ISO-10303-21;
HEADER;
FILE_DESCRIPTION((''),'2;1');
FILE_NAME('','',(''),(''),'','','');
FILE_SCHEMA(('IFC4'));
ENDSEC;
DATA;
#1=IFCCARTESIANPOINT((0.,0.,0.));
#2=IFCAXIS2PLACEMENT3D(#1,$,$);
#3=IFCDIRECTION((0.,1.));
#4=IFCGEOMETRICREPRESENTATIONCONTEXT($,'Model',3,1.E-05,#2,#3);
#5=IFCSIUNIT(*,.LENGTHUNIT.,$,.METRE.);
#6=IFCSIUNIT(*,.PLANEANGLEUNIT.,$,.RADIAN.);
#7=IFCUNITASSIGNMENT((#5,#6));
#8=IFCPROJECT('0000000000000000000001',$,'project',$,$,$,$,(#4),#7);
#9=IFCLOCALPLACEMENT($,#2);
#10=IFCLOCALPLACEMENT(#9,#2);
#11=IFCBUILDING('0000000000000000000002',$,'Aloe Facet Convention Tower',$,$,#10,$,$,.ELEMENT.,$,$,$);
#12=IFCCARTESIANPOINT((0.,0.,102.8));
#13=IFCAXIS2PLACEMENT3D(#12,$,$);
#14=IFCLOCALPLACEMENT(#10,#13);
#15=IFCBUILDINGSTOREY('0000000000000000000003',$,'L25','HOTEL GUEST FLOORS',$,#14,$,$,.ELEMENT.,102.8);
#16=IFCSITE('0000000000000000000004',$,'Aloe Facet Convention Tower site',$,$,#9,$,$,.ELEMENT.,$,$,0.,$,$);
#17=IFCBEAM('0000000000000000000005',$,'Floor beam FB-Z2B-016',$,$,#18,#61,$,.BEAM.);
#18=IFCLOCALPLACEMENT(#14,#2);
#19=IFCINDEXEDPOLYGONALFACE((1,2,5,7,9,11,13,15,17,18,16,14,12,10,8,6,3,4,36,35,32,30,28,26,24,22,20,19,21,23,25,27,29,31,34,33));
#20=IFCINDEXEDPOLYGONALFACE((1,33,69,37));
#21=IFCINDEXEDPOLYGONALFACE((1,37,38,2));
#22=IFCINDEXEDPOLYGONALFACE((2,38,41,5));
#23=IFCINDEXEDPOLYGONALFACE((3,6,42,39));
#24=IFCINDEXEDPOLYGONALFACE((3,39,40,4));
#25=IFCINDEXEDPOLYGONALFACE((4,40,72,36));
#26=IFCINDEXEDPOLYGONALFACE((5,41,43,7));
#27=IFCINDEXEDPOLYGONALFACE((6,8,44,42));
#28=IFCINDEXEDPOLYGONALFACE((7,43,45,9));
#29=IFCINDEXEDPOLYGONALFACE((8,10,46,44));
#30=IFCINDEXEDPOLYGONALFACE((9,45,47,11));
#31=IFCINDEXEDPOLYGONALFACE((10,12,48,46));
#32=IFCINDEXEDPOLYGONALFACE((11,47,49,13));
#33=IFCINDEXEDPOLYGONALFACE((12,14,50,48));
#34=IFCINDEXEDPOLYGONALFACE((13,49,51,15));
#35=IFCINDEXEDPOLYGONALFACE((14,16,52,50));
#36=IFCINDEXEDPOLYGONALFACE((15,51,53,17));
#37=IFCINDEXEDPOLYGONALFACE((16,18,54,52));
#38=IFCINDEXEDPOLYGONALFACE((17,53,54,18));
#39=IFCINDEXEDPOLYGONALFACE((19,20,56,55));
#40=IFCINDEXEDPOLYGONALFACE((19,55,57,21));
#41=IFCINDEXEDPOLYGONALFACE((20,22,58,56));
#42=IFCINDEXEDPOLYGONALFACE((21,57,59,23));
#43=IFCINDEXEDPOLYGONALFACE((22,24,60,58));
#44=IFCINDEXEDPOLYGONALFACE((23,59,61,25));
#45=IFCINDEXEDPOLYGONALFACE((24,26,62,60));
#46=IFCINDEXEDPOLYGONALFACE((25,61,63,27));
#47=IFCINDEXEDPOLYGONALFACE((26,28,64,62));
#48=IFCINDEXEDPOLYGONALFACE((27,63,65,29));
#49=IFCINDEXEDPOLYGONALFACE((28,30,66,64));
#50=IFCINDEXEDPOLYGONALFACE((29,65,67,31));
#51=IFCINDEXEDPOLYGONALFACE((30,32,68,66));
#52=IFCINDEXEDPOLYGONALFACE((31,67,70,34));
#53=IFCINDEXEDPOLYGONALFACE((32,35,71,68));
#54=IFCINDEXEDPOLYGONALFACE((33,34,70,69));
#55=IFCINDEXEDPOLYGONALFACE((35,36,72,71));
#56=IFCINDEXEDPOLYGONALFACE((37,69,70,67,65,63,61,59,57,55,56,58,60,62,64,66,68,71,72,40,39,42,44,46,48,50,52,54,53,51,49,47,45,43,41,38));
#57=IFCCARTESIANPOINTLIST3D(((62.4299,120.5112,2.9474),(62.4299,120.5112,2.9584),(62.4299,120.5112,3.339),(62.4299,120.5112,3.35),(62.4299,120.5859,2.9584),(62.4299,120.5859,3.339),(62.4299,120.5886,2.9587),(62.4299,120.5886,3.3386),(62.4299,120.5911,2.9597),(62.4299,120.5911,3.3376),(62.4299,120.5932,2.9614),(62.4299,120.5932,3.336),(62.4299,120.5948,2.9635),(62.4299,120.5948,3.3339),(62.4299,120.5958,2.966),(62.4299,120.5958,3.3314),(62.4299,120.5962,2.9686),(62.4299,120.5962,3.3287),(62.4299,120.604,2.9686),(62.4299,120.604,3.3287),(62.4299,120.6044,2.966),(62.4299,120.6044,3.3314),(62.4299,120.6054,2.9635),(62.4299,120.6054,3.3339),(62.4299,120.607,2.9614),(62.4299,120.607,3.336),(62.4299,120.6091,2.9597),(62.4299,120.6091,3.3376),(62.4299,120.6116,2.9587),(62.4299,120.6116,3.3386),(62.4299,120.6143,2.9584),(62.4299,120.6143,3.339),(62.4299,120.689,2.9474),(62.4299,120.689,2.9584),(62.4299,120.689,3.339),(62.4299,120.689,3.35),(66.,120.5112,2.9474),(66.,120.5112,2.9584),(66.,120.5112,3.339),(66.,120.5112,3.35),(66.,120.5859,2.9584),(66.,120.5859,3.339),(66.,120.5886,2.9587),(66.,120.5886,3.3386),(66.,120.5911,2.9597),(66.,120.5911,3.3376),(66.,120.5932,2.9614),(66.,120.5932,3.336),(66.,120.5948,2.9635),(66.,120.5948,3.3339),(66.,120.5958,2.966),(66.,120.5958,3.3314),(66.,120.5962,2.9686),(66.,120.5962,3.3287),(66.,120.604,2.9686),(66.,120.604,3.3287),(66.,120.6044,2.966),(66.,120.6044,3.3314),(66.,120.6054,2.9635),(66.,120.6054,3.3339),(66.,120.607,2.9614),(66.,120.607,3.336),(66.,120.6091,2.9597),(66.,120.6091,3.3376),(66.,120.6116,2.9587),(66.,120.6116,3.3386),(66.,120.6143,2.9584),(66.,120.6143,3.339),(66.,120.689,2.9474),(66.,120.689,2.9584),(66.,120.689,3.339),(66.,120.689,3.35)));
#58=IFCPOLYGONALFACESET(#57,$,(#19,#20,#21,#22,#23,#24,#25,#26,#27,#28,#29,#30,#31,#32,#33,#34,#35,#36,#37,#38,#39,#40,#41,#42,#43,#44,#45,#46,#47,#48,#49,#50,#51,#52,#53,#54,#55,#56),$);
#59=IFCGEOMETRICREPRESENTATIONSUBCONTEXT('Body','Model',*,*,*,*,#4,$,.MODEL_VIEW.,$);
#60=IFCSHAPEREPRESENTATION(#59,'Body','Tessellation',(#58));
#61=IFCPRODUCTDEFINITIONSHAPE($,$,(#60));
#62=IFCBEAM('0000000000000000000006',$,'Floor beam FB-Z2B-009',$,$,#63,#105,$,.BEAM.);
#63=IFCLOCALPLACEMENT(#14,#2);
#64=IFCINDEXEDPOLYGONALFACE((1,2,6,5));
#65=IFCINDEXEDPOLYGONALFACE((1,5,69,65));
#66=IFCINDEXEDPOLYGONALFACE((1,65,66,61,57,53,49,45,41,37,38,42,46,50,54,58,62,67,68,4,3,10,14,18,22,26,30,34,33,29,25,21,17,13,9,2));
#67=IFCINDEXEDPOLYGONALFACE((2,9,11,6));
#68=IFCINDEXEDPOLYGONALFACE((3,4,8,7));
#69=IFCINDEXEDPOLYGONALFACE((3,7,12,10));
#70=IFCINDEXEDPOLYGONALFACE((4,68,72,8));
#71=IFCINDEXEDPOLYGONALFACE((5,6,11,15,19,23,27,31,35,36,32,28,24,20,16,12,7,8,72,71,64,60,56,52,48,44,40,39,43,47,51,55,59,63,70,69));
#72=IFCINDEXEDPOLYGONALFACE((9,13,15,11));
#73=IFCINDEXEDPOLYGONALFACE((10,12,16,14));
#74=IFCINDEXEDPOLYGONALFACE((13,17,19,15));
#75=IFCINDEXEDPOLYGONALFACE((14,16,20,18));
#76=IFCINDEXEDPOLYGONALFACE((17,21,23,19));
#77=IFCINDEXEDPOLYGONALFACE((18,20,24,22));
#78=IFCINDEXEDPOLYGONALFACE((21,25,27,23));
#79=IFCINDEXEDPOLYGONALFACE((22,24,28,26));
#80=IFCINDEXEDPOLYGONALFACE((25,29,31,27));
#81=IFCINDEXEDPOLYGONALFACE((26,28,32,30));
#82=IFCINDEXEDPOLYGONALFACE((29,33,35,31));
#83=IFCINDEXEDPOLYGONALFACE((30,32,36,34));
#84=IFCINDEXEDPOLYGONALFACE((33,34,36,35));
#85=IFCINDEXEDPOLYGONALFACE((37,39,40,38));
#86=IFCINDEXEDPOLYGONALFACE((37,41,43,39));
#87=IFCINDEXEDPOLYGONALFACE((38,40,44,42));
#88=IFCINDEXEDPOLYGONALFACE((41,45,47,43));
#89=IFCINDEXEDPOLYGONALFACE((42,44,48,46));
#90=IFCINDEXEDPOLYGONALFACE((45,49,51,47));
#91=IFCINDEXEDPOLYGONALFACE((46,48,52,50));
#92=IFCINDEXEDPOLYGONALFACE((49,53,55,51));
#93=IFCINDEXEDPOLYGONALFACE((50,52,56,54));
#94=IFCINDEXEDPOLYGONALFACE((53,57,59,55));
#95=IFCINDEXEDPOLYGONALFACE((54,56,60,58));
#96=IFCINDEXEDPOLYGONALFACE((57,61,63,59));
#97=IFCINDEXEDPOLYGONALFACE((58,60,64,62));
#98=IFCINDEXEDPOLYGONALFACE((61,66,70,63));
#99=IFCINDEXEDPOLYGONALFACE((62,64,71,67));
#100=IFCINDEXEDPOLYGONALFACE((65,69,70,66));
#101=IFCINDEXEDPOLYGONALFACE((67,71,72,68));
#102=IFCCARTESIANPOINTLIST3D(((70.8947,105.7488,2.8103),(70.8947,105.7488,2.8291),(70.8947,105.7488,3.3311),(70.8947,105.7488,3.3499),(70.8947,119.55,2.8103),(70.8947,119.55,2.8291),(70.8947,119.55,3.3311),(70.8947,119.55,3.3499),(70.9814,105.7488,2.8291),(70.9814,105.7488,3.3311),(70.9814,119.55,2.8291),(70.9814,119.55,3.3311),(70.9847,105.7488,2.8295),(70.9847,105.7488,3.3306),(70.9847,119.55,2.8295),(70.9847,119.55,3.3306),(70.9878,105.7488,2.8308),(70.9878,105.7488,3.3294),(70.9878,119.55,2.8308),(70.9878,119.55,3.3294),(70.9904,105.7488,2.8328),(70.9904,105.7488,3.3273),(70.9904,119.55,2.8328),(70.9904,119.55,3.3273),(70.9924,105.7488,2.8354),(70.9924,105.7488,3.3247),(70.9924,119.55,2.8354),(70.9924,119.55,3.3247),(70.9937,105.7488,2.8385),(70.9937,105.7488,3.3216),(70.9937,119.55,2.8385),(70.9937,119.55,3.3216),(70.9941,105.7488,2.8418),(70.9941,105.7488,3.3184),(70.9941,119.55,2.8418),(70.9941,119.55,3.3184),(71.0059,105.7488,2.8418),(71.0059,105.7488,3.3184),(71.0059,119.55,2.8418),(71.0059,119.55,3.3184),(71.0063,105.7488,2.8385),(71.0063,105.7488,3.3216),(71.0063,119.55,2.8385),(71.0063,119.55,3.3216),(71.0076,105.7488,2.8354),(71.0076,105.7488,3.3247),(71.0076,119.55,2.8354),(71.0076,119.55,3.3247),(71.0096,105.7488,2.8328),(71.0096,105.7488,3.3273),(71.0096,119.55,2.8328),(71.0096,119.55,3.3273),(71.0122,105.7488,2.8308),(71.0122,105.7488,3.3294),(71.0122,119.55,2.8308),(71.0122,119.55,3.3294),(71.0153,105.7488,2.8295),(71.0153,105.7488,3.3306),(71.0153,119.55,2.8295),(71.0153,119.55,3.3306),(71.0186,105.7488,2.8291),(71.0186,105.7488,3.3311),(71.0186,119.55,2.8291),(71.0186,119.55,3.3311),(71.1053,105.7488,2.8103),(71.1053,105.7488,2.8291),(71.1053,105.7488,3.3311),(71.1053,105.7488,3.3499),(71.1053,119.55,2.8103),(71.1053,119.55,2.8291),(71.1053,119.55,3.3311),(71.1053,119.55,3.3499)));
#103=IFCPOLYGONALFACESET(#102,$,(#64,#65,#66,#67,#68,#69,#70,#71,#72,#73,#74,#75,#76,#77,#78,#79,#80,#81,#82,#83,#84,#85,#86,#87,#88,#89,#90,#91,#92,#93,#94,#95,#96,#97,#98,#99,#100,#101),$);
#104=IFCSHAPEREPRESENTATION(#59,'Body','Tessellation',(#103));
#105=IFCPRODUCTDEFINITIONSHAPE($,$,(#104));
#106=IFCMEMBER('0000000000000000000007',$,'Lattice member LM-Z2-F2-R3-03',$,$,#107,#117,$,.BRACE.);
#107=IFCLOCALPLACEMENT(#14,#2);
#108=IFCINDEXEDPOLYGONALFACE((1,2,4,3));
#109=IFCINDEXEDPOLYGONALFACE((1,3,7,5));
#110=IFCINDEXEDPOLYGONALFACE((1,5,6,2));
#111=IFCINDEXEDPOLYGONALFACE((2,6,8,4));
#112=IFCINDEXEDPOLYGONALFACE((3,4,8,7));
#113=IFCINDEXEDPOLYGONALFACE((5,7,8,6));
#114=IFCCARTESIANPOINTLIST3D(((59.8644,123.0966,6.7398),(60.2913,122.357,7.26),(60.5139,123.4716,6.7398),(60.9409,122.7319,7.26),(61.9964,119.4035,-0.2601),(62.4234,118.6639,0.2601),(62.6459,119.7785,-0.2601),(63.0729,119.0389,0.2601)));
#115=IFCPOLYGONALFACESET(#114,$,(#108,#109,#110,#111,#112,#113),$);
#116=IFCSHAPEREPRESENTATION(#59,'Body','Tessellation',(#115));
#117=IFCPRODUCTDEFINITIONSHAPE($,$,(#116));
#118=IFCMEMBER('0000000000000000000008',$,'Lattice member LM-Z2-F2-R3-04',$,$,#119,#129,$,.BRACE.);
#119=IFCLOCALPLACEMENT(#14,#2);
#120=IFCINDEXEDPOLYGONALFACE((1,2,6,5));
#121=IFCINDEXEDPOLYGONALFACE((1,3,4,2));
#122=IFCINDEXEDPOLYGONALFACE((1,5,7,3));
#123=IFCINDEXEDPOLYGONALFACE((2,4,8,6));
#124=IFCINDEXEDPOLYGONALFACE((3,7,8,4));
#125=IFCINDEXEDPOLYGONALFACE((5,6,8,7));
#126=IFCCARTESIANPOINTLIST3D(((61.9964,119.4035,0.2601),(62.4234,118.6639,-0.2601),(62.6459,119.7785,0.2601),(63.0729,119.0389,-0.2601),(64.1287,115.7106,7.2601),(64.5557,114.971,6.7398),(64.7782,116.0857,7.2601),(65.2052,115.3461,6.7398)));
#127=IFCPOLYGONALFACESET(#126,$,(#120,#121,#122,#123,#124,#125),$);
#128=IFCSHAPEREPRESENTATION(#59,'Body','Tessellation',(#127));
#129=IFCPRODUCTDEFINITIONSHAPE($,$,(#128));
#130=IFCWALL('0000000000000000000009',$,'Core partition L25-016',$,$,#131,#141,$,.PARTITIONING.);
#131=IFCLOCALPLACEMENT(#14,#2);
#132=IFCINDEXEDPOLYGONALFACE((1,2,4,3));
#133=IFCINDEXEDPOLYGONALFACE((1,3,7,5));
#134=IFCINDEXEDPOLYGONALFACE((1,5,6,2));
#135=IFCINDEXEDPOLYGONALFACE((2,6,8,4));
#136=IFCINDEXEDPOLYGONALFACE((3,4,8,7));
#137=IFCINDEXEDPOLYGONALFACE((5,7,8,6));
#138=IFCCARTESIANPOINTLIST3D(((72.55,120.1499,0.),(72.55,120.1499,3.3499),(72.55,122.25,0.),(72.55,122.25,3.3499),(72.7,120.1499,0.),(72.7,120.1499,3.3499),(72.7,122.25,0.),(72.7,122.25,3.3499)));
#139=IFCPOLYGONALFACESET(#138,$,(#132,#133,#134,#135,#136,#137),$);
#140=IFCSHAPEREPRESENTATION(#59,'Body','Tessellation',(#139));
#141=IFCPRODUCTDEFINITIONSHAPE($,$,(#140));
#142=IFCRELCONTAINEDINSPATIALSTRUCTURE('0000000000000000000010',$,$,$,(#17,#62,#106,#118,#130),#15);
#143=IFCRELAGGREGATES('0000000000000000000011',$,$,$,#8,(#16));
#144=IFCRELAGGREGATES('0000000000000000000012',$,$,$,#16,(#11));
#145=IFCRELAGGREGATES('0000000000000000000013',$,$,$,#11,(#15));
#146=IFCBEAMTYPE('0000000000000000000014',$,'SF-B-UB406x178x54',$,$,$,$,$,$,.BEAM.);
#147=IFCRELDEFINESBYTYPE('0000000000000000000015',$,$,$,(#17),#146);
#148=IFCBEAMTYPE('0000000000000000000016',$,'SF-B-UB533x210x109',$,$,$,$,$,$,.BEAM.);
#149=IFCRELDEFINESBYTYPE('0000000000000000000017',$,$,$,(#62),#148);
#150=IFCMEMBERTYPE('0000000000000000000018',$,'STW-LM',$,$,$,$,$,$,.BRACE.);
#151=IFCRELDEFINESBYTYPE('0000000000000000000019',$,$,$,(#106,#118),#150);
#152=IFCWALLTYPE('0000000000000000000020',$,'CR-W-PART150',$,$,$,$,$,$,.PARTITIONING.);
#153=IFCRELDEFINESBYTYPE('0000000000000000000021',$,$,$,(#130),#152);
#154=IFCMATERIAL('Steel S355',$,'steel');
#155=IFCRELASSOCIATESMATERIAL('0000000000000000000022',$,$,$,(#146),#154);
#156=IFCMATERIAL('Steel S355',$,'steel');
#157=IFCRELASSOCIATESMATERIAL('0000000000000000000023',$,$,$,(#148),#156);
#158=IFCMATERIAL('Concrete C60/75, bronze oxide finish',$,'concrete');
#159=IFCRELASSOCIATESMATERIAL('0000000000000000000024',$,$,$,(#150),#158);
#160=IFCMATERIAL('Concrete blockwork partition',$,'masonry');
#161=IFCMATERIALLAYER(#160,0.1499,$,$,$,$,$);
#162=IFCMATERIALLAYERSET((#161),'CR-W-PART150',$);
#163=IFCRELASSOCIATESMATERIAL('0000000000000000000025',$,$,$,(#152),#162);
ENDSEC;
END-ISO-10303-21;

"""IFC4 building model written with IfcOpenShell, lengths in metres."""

from ifc_helpers import new_model, si_unit, direction, frame, frame_2d, origin, origin_2d, place, context, subcontext, project, spatial, rectangle, i_section, extrude, material, layer, layer_set, material_profile, profile_set, type_object, element, save


model = new_model("IFC4")

# Units and contexts
model_context = context("Model", 3, precision=1e-05, world=origin(), true_north=direction((0.0, 1.0)))
body_context = subcontext(model_context, "Body", "Model", "MODEL_VIEW")
ifc_project = project(units=[si_unit("LENGTHUNIT", "METRE"), si_unit("PLANEANGLEUNIT", "RADIAN")], contexts=[model_context])

# Site, building, storey
site_placement = place(None, origin())
site = spatial("IfcSite", under=ifc_project, at=site_placement, Name="Aloe Facet Convention Tower site", CompositionType="ELEMENT", RefElevation=0.0)
building_placement = place(site_placement, origin())
building = spatial("IfcBuilding", under=site, at=building_placement, Name="Aloe Facet Convention Tower", CompositionType="ELEMENT")
storey_placement = place(building_placement, frame((0.0, 0.0, 102.8)))
storey = spatial("IfcBuildingStorey", under=building, at=storey_placement, Name="L25", Description="HOTEL GUEST FLOORS", CompositionType="ELEMENT", Elevation=102.8)

# Beams
ifc_material_1 = material(Name="Steel S355", Category="steel")
ifc_material_profile_1 = material_profile(ifc_material_1, i_section(OverallWidth=0.1777, OverallDepth=0.4026, WebThickness=0.0078, FlangeThickness=0.011, FilletRadius=0.0103, at=origin_2d()), Name="UB 406x178x54")
ifc_profile_set_1 = profile_set([ifc_material_profile_1], Name="Steel S355")
beam_type_1 = type_object("IfcBeamType", Name="SF-B-UB406x178x54", PredefinedType="BEAM", material=ifc_profile_set_1)
beam_1_placement = place(storey_placement, frame((62.4299, 120.6001, 3.1487), z_axis=(1.0, 0.0, 0.0), x_axis=(0.0, 1.0, 0.0)))
element("IfcBeam", 1, at=beam_1_placement, inside=storey, type_object=beam_type_1, Name="Floor beam FB-Z2B-016", PredefinedType="BEAM", context=body_context, shape_type="SweptSolid", body=[
    extrude(i_section(OverallWidth=0.1777, OverallDepth=0.4026, WebThickness=0.0078, FlangeThickness=0.011, FilletRadius=0.0103, at=origin_2d()), origin(), (0.0, 0.0, 1.0), 3.5701),
])
ifc_material_2 = material(Name="Steel S355", Category="steel")
ifc_material_profile_2 = material_profile(ifc_material_2, i_section(OverallWidth=0.2107, OverallDepth=0.5396, WebThickness=0.0117, FlangeThickness=0.0188, FilletRadius=0.0127, at=origin_2d()), Name="UB 533x210x109")
ifc_profile_set_2 = profile_set([ifc_material_profile_2], Name="Steel S355")
beam_type_2 = type_object("IfcBeamType", Name="SF-B-UB533x210x109", PredefinedType="BEAM", material=ifc_profile_set_2)
beam_2_placement = place(storey_placement, frame((71.0, 119.55, 3.0801), z_axis=(0.0, -1.0, 0.0), x_axis=(1.0, 0.0, 0.0)))
element("IfcBeam", 2, at=beam_2_placement, inside=storey, type_object=beam_type_2, Name="Floor beam FB-Z2B-009", PredefinedType="BEAM", context=body_context, shape_type="SweptSolid", body=[
    extrude(i_section(OverallWidth=0.2107, OverallDepth=0.5396, WebThickness=0.0117, FlangeThickness=0.0188, FilletRadius=0.0127, at=origin_2d()), origin(), (0.0, 0.0, 1.0), 13.8013),
])

# Members
ifc_material_3 = material(Name="Concrete C60/75, bronze oxide finish", Category="concrete")
ifc_material_profile_3 = material_profile(ifc_material_3, rectangle(XDim=0.75, YDim=1.0, at=origin_2d()), Name="STW-LM")
ifc_profile_set_3 = profile_set([ifc_material_profile_3], Name="Concrete C60/75, bronze oxide finish")
member_type = type_object("IfcMemberType", Name="STW-LM", PredefinedType="BRACE", material=ifc_profile_set_3)
for number, where, z_axis, x_axis, name in (
    (3, (62.5347, 119.2212, 0.0), (-0.260116, 0.450565, 0.854009), (-0.86604, -0.499975, 0.0), "Lattice member LM-Z2-F2-R3-03"),
    (4, (62.5347, 119.2212, 0.0), (0.260148, -0.450537, 0.854014), (0.866001, 0.500043, 0.0), "Lattice member LM-Z2-F2-R3-04"),
):
    element("IfcMember", number, at=place(storey_placement, frame(where, z_axis=z_axis, x_axis=x_axis)), inside=storey, type_object=member_type, Name=name, PredefinedType="BRACE", context=body_context, shape_type="SweptSolid", body=[
        extrude(rectangle(XDim=0.75, YDim=1.0, at=origin_2d()), origin(), (0.0, 0.0, 1.0), 8.1965),
    ])

# Wall
ifc_material_4 = material(Name="Concrete blockwork partition", Category="masonry")
ifc_layer_1 = layer(ifc_material_4, 0.1499)
ifc_layer_set_1 = layer_set([ifc_layer_1], Name="CR-W-PART150")
wall_type_1 = type_object("IfcWallType", Name="CR-W-PART150", PredefinedType="PARTITIONING", material=ifc_layer_set_1)
wall_1_placement = place(storey_placement, frame((72.625, 122.25, 0.0), z_axis=(0.0, 0.0, 1.0), x_axis=(0.0, -1.0, 0.0)))
element("IfcWall", 5, at=wall_1_placement, inside=storey, type_object=wall_type_1, Name="Core partition L25-016", PredefinedType="PARTITIONING", context=body_context, shape_type="SweptSolid", body=[
    extrude(rectangle(XDim=2.1001, YDim=0.1499, at=frame_2d((1.05, 0.0))), origin(), (0.0, 0.0, 1.0), 3.3499),
])

save(model, "model.ifc")
